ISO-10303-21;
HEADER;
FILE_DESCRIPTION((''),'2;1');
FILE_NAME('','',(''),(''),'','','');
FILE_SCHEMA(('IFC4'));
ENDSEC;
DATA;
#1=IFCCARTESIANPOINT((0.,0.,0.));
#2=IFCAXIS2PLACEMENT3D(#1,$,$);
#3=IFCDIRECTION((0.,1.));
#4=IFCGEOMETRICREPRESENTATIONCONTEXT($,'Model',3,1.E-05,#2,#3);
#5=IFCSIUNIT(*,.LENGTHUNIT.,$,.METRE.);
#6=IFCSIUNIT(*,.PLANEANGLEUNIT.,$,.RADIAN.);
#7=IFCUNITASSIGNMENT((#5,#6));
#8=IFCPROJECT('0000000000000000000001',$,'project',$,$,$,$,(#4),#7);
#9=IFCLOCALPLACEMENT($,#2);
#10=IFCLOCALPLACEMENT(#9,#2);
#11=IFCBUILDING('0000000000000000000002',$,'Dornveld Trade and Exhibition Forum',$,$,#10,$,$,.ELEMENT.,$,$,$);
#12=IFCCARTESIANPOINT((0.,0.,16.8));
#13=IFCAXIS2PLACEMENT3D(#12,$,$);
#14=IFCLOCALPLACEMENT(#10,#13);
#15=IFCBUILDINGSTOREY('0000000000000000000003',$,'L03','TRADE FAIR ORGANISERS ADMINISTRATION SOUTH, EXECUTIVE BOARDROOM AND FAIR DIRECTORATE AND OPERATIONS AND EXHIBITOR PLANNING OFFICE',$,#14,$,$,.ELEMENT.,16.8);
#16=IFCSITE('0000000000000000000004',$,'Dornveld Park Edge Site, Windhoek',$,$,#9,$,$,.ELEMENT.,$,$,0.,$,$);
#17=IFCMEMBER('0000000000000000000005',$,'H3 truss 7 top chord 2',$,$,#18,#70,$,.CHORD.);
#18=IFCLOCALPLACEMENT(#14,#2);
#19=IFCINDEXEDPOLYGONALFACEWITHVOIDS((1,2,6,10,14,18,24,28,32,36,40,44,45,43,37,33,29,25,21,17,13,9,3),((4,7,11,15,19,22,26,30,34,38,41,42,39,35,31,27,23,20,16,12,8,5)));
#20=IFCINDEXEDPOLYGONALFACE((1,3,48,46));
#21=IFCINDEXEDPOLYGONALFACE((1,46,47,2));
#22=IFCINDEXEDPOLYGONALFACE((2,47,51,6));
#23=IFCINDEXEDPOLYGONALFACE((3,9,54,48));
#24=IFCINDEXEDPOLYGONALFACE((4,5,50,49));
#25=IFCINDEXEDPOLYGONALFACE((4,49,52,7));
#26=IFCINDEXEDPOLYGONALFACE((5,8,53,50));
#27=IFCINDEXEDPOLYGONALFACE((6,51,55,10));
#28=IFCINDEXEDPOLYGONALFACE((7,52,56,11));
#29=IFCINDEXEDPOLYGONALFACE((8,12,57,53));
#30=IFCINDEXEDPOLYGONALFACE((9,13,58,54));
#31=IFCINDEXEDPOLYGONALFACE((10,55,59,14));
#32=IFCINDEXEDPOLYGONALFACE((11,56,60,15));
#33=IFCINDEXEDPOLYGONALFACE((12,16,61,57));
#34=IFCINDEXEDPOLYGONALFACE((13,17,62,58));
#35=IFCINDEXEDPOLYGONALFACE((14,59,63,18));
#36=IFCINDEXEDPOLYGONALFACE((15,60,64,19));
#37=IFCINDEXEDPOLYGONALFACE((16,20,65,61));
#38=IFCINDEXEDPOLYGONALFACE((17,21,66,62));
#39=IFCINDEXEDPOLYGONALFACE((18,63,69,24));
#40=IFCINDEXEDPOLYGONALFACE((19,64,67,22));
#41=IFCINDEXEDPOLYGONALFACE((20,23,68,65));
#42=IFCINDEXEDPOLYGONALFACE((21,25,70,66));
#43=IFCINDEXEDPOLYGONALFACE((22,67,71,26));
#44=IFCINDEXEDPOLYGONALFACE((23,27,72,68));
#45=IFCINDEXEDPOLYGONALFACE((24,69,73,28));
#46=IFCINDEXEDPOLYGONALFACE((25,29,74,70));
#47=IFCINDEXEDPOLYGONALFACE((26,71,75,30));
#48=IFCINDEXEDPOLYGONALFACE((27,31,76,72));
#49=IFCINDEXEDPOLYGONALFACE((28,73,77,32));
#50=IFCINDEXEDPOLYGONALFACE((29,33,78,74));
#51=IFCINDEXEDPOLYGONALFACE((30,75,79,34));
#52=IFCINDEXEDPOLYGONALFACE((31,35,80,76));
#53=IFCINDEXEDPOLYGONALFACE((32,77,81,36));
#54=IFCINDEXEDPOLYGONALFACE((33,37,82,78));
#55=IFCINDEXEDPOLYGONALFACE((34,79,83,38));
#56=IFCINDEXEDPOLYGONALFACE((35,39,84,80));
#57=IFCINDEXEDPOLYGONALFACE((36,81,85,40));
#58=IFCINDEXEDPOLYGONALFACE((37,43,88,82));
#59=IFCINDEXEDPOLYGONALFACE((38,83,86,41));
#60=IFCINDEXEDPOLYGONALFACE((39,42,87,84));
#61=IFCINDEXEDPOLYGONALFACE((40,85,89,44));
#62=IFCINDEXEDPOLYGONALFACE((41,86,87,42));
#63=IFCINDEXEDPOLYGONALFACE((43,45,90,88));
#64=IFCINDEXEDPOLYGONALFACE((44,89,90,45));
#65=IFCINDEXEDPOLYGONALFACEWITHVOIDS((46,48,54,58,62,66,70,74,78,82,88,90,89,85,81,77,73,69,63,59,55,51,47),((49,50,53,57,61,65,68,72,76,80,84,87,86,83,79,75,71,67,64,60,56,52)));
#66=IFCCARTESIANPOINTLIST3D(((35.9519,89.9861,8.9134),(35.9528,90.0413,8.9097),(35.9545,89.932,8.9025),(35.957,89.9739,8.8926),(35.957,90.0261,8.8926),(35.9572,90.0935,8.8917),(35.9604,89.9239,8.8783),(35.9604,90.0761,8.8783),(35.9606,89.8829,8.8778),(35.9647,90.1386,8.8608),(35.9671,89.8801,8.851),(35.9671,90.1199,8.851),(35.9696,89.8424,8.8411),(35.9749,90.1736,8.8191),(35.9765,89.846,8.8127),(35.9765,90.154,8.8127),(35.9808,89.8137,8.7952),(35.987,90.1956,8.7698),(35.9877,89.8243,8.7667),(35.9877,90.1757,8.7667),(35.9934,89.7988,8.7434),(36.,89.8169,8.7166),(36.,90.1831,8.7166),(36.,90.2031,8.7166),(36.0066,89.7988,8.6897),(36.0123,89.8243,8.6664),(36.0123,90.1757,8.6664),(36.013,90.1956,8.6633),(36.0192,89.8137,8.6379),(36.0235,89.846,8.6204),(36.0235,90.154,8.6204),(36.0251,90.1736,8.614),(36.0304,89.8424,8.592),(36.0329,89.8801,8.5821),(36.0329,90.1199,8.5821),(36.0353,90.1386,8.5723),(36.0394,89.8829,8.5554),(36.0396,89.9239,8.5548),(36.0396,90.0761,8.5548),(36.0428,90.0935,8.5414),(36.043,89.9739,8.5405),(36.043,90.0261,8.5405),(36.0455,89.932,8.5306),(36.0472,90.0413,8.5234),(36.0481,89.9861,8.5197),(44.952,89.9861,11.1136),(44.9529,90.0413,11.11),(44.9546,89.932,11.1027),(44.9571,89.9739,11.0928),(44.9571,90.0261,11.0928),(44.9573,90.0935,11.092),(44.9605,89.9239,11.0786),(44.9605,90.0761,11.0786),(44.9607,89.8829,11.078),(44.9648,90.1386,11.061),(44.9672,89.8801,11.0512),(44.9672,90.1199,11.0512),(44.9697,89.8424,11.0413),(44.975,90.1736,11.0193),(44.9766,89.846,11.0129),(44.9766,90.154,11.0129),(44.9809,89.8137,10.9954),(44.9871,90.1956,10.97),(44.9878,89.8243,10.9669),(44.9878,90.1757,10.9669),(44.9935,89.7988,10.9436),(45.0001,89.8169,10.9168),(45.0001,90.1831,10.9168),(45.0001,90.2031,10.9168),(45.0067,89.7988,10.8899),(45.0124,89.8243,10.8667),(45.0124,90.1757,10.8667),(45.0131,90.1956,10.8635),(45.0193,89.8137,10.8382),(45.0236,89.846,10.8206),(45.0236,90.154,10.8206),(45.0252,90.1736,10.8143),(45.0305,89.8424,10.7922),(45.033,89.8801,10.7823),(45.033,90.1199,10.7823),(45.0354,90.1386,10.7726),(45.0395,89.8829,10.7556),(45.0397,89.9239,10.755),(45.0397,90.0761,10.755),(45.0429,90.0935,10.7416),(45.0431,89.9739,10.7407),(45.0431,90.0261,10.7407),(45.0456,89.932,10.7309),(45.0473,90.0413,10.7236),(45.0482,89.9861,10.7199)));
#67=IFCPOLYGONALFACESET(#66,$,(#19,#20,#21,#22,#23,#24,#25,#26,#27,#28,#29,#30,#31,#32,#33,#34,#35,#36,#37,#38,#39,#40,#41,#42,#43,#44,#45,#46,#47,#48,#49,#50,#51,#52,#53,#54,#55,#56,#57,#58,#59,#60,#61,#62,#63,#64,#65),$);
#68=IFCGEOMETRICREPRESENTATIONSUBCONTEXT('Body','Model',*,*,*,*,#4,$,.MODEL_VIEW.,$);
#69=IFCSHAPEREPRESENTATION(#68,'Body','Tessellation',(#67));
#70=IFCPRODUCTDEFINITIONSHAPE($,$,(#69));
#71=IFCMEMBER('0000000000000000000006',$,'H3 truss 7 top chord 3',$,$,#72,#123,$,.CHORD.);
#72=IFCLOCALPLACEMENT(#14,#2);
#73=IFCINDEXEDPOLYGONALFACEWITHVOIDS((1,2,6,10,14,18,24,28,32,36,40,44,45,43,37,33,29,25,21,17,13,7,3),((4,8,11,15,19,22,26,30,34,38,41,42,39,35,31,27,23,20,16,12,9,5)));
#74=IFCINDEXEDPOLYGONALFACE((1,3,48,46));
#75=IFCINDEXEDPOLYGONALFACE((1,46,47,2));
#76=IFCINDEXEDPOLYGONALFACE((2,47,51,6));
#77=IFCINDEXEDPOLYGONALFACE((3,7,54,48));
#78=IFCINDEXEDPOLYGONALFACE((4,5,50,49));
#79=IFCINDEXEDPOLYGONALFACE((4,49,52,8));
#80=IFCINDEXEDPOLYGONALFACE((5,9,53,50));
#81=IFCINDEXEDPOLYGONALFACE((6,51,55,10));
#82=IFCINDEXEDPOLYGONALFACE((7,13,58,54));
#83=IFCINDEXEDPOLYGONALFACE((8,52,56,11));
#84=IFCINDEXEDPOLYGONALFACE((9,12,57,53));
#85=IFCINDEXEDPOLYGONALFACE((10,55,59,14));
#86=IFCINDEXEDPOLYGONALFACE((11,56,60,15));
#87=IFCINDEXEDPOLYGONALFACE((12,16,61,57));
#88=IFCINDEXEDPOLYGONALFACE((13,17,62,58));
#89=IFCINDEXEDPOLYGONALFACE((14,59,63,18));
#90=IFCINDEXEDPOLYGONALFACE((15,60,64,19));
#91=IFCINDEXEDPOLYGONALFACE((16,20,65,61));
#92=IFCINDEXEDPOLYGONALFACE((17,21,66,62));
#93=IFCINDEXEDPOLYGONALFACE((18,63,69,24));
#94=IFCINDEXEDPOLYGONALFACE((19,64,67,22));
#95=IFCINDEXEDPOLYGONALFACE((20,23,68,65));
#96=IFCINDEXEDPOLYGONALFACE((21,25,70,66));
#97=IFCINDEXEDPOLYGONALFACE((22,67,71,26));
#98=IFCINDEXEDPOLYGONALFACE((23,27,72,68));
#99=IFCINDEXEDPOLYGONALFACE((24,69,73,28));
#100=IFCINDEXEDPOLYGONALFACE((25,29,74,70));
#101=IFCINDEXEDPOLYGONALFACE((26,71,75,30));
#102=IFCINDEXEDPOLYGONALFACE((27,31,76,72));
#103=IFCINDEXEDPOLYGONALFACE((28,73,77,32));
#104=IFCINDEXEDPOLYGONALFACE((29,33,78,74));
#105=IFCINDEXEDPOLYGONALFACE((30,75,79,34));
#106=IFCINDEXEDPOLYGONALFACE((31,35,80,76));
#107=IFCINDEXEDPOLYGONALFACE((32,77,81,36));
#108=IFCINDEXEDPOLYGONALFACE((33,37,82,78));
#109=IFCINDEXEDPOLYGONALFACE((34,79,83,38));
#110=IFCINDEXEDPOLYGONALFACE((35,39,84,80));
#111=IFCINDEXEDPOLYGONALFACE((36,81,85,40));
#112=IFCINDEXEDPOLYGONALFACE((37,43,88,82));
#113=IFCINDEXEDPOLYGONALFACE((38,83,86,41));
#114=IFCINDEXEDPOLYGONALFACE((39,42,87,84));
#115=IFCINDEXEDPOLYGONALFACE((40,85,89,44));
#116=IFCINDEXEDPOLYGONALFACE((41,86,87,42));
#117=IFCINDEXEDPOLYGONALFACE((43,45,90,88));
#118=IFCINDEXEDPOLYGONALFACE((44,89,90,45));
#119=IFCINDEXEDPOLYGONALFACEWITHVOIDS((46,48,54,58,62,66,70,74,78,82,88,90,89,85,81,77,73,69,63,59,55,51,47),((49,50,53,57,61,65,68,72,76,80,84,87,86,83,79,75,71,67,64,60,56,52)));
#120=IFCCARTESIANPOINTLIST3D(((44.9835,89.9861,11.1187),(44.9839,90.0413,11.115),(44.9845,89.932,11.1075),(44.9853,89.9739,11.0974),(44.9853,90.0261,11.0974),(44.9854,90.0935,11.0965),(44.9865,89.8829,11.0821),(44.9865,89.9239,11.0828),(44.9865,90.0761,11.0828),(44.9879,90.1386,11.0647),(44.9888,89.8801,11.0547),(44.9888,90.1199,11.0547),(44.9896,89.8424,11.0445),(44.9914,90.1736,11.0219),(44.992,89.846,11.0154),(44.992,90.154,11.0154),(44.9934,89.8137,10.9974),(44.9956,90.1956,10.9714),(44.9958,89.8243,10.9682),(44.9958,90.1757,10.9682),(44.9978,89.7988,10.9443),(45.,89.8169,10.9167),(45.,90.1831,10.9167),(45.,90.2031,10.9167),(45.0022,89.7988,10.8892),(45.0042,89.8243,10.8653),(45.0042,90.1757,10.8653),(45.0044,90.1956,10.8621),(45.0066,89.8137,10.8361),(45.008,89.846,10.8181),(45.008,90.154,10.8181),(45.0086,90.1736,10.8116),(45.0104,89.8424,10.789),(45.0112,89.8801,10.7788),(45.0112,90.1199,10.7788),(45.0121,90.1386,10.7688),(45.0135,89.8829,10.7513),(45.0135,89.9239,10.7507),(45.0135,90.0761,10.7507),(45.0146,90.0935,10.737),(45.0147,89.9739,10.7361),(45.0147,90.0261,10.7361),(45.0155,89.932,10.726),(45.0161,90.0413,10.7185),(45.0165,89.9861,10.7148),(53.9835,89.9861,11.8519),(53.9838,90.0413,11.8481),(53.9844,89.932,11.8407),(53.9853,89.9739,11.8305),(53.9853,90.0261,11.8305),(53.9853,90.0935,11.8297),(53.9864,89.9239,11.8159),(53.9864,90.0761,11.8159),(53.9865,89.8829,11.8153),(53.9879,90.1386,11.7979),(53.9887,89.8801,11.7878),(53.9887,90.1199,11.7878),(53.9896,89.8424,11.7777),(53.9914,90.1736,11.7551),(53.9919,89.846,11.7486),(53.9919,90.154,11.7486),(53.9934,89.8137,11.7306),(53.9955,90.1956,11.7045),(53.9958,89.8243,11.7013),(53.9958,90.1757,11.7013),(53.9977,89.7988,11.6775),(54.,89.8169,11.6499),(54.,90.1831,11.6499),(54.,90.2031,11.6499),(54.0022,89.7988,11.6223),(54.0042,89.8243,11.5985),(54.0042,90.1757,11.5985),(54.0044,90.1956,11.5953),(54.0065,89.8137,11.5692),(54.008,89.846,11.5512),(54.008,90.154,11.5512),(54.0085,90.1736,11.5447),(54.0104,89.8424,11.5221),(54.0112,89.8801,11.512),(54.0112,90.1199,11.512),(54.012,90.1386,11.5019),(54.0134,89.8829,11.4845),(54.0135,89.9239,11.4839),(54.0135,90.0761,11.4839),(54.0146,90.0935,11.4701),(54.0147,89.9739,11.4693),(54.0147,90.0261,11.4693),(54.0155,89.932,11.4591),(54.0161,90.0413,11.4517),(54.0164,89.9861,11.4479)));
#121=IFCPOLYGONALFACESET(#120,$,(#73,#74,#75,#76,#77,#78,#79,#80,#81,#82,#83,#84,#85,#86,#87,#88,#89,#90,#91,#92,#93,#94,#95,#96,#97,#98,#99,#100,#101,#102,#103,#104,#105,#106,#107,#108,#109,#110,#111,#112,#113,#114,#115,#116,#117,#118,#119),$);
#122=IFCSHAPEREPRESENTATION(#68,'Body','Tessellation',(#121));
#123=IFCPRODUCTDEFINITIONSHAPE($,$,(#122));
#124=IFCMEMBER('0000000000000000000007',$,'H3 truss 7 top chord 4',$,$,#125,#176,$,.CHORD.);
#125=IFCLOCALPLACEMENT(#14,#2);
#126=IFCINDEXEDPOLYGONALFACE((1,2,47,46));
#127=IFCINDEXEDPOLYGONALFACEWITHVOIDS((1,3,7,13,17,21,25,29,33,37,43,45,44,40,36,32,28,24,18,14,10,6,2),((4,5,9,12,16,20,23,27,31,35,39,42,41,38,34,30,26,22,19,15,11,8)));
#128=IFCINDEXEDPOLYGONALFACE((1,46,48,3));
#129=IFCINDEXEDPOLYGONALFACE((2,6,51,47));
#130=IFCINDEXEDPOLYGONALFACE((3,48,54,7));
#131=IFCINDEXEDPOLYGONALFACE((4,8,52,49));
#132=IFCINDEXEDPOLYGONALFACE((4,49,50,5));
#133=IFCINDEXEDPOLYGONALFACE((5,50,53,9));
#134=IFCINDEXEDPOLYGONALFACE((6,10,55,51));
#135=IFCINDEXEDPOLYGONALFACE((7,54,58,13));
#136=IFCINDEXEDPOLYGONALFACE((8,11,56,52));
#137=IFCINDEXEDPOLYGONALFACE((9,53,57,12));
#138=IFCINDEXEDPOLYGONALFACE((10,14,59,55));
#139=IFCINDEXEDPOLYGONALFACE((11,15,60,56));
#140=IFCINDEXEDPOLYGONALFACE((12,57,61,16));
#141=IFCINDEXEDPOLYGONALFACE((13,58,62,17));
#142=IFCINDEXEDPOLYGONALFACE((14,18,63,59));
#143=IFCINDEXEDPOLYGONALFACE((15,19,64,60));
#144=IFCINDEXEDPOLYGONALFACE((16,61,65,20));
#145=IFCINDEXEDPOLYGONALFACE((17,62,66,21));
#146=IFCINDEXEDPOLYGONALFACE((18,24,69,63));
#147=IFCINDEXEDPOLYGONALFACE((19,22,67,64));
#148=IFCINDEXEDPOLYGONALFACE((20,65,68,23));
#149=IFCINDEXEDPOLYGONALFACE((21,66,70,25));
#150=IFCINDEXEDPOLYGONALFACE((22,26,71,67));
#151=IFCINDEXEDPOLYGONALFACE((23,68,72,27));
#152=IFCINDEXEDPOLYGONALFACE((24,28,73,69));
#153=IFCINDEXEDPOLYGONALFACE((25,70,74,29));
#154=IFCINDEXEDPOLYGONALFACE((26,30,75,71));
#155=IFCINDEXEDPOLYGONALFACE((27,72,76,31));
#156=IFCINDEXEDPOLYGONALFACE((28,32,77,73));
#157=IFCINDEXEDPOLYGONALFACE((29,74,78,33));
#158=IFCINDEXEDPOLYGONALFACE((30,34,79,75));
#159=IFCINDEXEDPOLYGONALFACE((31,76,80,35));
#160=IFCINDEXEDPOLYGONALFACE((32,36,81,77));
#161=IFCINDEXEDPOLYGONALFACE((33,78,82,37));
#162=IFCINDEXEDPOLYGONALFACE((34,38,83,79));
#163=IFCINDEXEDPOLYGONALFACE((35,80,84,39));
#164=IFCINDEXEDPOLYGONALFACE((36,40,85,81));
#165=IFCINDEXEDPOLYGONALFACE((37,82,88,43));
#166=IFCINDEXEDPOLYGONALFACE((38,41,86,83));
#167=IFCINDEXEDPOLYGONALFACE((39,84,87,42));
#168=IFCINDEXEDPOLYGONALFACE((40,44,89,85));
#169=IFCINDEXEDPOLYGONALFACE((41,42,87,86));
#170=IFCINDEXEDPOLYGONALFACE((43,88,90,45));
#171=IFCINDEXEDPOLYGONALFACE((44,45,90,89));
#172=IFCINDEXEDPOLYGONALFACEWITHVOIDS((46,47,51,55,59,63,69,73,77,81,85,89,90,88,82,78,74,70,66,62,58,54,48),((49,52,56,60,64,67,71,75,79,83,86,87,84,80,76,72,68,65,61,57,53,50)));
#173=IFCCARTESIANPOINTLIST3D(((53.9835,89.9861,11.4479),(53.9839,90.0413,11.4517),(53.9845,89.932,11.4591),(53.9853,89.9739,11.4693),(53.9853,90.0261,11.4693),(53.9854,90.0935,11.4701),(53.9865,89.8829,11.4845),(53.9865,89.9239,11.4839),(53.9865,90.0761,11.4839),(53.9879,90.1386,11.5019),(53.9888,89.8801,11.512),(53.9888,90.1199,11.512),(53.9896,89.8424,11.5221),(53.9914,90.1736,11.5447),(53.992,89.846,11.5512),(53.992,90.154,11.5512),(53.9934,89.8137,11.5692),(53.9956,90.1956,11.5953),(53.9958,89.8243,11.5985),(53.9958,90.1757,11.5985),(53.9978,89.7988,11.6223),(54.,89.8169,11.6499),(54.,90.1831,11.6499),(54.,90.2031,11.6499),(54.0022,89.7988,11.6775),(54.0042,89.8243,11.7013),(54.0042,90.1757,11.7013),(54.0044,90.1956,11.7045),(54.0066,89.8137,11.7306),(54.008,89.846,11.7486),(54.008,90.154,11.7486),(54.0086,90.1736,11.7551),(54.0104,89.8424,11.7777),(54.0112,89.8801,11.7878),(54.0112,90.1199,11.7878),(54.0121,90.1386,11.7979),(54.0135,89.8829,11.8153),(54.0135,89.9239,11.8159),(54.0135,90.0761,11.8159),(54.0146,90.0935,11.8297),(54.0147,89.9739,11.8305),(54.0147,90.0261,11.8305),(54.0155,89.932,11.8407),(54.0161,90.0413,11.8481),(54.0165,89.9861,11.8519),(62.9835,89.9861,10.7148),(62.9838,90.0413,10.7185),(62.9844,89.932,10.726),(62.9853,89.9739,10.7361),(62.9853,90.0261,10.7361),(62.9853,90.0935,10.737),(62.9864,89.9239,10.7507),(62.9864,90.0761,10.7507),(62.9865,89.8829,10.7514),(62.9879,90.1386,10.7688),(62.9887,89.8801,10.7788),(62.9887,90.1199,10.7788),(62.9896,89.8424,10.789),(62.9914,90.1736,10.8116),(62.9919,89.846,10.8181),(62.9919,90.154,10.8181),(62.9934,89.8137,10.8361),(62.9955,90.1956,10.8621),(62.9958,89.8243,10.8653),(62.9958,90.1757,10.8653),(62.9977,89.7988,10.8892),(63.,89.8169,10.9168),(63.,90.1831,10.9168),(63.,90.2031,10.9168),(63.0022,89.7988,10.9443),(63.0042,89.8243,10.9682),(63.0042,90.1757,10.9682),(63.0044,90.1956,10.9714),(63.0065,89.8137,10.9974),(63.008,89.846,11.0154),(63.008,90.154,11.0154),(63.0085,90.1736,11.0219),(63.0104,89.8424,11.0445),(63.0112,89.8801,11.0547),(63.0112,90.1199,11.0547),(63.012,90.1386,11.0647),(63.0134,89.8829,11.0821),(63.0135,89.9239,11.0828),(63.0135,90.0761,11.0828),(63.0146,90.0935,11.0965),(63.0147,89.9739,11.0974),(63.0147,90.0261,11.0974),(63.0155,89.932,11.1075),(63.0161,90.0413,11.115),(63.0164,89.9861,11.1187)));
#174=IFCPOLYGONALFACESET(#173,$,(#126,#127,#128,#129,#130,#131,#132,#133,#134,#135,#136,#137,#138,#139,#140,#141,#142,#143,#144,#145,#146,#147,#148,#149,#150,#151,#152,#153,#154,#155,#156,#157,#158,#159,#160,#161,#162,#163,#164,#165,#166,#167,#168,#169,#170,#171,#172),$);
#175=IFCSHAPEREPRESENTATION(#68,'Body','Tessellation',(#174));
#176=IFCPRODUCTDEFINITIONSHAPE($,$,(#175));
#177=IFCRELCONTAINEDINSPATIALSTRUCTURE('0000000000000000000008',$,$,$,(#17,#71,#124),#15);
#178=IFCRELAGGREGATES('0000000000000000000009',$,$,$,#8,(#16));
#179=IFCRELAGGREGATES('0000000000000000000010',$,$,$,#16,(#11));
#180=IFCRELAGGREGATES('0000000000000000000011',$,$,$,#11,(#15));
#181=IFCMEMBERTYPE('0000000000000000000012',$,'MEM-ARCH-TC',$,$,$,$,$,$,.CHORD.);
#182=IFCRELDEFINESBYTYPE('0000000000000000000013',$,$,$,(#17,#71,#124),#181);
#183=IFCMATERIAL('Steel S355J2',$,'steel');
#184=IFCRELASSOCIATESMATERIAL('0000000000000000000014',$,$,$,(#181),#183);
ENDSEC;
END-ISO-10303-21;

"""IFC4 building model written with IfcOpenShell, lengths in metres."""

from ifc_helpers import new_model, si_unit, direction, frame, origin, origin_2d, place, context, subcontext, project, spatial, hollow_circle, extrude, material, material_profile, profile_set, type_object, element, save


model = new_model("IFC4")

# Units and contexts
model_context = context("Model", 3, precision=1e-05, world=origin(), true_north=direction((0.0, 1.0)))
body_context = subcontext(model_context, "Body", "Model", "MODEL_VIEW")
ifc_project = project(units=[si_unit("LENGTHUNIT", "METRE"), si_unit("PLANEANGLEUNIT", "RADIAN")], contexts=[model_context])

# Site, building, storey
site_placement = place(None, origin())
site = spatial("IfcSite", under=ifc_project, at=site_placement, Name="Dornveld Park Edge Site, Windhoek", CompositionType="ELEMENT", RefElevation=0.0)
building_placement = place(site_placement, origin())
building = spatial("IfcBuilding", under=site, at=building_placement, Name="Dornveld Trade and Exhibition Forum", CompositionType="ELEMENT")
storey_placement = place(building_placement, frame((0.0, 0.0, 16.8)))
storey = spatial("IfcBuildingStorey", under=building, at=storey_placement, Name="L03", Description="TRADE FAIR ORGANISERS ADMINISTRATION SOUTH, EXECUTIVE BOARDROOM AND FAIR DIRECTORATE AND OPERATIONS AND EXHIBITOR PLANNING OFFICE", CompositionType="ELEMENT", Elevation=16.8)

# Members
ifc_material_1 = material(Name="Steel S355J2", Category="steel")
ifc_material_profile_1 = material_profile(ifc_material_1, hollow_circle(Radius=0.2031, WallThickness=0.02, at=origin_2d()), Name="CHS 406.4x20")
ifc_profile_set_1 = profile_set([ifc_material_profile_1], Name="Steel S355J2")
member_type_1 = type_object("IfcMemberType", Name="MEM-ARCH-TC", PredefinedType="CHORD", material=ifc_profile_set_1)
member_1_placement = place(storey_placement, frame((36.0, 90.0, 8.7166), z_axis=(0.971394, 0.0, 0.237473), x_axis=(0.0, 1.0, 0.0)))
element("IfcMember", 1, at=member_1_placement, inside=storey, type_object=member_type_1, Name="H3 truss 7 top chord 2", PredefinedType="CHORD", context=body_context, shape_type="SweptSolid", body=[
    extrude(hollow_circle(Radius=0.2031, WallThickness=0.02, at=origin_2d()), origin(), (0.0, 0.0, 1.0), 9.2651),
])
for number, where, z_axis, x_axis, name in (
    (2, (45.0, 90.0, 10.9167), (0.996698, 0.0, 0.081193), (0.0, 1.0, 0.0), "H3 truss 7 top chord 3"),
    (3, (54.0, 90.0, 11.6499), (0.996698, 0.0, -0.081193), (0.0, 1.0, 0.0), "H3 truss 7 top chord 4"),
):
    element("IfcMember", number, at=place(storey_placement, frame(where, z_axis=z_axis, x_axis=x_axis)), inside=storey, type_object=member_type_1, Name=name, PredefinedType="CHORD", context=body_context, shape_type="SweptSolid", body=[
        extrude(hollow_circle(Radius=0.2031, WallThickness=0.02, at=origin_2d()), origin(), (0.0, 0.0, 1.0), 9.0298),
    ])

save(model, "model.ifc")
